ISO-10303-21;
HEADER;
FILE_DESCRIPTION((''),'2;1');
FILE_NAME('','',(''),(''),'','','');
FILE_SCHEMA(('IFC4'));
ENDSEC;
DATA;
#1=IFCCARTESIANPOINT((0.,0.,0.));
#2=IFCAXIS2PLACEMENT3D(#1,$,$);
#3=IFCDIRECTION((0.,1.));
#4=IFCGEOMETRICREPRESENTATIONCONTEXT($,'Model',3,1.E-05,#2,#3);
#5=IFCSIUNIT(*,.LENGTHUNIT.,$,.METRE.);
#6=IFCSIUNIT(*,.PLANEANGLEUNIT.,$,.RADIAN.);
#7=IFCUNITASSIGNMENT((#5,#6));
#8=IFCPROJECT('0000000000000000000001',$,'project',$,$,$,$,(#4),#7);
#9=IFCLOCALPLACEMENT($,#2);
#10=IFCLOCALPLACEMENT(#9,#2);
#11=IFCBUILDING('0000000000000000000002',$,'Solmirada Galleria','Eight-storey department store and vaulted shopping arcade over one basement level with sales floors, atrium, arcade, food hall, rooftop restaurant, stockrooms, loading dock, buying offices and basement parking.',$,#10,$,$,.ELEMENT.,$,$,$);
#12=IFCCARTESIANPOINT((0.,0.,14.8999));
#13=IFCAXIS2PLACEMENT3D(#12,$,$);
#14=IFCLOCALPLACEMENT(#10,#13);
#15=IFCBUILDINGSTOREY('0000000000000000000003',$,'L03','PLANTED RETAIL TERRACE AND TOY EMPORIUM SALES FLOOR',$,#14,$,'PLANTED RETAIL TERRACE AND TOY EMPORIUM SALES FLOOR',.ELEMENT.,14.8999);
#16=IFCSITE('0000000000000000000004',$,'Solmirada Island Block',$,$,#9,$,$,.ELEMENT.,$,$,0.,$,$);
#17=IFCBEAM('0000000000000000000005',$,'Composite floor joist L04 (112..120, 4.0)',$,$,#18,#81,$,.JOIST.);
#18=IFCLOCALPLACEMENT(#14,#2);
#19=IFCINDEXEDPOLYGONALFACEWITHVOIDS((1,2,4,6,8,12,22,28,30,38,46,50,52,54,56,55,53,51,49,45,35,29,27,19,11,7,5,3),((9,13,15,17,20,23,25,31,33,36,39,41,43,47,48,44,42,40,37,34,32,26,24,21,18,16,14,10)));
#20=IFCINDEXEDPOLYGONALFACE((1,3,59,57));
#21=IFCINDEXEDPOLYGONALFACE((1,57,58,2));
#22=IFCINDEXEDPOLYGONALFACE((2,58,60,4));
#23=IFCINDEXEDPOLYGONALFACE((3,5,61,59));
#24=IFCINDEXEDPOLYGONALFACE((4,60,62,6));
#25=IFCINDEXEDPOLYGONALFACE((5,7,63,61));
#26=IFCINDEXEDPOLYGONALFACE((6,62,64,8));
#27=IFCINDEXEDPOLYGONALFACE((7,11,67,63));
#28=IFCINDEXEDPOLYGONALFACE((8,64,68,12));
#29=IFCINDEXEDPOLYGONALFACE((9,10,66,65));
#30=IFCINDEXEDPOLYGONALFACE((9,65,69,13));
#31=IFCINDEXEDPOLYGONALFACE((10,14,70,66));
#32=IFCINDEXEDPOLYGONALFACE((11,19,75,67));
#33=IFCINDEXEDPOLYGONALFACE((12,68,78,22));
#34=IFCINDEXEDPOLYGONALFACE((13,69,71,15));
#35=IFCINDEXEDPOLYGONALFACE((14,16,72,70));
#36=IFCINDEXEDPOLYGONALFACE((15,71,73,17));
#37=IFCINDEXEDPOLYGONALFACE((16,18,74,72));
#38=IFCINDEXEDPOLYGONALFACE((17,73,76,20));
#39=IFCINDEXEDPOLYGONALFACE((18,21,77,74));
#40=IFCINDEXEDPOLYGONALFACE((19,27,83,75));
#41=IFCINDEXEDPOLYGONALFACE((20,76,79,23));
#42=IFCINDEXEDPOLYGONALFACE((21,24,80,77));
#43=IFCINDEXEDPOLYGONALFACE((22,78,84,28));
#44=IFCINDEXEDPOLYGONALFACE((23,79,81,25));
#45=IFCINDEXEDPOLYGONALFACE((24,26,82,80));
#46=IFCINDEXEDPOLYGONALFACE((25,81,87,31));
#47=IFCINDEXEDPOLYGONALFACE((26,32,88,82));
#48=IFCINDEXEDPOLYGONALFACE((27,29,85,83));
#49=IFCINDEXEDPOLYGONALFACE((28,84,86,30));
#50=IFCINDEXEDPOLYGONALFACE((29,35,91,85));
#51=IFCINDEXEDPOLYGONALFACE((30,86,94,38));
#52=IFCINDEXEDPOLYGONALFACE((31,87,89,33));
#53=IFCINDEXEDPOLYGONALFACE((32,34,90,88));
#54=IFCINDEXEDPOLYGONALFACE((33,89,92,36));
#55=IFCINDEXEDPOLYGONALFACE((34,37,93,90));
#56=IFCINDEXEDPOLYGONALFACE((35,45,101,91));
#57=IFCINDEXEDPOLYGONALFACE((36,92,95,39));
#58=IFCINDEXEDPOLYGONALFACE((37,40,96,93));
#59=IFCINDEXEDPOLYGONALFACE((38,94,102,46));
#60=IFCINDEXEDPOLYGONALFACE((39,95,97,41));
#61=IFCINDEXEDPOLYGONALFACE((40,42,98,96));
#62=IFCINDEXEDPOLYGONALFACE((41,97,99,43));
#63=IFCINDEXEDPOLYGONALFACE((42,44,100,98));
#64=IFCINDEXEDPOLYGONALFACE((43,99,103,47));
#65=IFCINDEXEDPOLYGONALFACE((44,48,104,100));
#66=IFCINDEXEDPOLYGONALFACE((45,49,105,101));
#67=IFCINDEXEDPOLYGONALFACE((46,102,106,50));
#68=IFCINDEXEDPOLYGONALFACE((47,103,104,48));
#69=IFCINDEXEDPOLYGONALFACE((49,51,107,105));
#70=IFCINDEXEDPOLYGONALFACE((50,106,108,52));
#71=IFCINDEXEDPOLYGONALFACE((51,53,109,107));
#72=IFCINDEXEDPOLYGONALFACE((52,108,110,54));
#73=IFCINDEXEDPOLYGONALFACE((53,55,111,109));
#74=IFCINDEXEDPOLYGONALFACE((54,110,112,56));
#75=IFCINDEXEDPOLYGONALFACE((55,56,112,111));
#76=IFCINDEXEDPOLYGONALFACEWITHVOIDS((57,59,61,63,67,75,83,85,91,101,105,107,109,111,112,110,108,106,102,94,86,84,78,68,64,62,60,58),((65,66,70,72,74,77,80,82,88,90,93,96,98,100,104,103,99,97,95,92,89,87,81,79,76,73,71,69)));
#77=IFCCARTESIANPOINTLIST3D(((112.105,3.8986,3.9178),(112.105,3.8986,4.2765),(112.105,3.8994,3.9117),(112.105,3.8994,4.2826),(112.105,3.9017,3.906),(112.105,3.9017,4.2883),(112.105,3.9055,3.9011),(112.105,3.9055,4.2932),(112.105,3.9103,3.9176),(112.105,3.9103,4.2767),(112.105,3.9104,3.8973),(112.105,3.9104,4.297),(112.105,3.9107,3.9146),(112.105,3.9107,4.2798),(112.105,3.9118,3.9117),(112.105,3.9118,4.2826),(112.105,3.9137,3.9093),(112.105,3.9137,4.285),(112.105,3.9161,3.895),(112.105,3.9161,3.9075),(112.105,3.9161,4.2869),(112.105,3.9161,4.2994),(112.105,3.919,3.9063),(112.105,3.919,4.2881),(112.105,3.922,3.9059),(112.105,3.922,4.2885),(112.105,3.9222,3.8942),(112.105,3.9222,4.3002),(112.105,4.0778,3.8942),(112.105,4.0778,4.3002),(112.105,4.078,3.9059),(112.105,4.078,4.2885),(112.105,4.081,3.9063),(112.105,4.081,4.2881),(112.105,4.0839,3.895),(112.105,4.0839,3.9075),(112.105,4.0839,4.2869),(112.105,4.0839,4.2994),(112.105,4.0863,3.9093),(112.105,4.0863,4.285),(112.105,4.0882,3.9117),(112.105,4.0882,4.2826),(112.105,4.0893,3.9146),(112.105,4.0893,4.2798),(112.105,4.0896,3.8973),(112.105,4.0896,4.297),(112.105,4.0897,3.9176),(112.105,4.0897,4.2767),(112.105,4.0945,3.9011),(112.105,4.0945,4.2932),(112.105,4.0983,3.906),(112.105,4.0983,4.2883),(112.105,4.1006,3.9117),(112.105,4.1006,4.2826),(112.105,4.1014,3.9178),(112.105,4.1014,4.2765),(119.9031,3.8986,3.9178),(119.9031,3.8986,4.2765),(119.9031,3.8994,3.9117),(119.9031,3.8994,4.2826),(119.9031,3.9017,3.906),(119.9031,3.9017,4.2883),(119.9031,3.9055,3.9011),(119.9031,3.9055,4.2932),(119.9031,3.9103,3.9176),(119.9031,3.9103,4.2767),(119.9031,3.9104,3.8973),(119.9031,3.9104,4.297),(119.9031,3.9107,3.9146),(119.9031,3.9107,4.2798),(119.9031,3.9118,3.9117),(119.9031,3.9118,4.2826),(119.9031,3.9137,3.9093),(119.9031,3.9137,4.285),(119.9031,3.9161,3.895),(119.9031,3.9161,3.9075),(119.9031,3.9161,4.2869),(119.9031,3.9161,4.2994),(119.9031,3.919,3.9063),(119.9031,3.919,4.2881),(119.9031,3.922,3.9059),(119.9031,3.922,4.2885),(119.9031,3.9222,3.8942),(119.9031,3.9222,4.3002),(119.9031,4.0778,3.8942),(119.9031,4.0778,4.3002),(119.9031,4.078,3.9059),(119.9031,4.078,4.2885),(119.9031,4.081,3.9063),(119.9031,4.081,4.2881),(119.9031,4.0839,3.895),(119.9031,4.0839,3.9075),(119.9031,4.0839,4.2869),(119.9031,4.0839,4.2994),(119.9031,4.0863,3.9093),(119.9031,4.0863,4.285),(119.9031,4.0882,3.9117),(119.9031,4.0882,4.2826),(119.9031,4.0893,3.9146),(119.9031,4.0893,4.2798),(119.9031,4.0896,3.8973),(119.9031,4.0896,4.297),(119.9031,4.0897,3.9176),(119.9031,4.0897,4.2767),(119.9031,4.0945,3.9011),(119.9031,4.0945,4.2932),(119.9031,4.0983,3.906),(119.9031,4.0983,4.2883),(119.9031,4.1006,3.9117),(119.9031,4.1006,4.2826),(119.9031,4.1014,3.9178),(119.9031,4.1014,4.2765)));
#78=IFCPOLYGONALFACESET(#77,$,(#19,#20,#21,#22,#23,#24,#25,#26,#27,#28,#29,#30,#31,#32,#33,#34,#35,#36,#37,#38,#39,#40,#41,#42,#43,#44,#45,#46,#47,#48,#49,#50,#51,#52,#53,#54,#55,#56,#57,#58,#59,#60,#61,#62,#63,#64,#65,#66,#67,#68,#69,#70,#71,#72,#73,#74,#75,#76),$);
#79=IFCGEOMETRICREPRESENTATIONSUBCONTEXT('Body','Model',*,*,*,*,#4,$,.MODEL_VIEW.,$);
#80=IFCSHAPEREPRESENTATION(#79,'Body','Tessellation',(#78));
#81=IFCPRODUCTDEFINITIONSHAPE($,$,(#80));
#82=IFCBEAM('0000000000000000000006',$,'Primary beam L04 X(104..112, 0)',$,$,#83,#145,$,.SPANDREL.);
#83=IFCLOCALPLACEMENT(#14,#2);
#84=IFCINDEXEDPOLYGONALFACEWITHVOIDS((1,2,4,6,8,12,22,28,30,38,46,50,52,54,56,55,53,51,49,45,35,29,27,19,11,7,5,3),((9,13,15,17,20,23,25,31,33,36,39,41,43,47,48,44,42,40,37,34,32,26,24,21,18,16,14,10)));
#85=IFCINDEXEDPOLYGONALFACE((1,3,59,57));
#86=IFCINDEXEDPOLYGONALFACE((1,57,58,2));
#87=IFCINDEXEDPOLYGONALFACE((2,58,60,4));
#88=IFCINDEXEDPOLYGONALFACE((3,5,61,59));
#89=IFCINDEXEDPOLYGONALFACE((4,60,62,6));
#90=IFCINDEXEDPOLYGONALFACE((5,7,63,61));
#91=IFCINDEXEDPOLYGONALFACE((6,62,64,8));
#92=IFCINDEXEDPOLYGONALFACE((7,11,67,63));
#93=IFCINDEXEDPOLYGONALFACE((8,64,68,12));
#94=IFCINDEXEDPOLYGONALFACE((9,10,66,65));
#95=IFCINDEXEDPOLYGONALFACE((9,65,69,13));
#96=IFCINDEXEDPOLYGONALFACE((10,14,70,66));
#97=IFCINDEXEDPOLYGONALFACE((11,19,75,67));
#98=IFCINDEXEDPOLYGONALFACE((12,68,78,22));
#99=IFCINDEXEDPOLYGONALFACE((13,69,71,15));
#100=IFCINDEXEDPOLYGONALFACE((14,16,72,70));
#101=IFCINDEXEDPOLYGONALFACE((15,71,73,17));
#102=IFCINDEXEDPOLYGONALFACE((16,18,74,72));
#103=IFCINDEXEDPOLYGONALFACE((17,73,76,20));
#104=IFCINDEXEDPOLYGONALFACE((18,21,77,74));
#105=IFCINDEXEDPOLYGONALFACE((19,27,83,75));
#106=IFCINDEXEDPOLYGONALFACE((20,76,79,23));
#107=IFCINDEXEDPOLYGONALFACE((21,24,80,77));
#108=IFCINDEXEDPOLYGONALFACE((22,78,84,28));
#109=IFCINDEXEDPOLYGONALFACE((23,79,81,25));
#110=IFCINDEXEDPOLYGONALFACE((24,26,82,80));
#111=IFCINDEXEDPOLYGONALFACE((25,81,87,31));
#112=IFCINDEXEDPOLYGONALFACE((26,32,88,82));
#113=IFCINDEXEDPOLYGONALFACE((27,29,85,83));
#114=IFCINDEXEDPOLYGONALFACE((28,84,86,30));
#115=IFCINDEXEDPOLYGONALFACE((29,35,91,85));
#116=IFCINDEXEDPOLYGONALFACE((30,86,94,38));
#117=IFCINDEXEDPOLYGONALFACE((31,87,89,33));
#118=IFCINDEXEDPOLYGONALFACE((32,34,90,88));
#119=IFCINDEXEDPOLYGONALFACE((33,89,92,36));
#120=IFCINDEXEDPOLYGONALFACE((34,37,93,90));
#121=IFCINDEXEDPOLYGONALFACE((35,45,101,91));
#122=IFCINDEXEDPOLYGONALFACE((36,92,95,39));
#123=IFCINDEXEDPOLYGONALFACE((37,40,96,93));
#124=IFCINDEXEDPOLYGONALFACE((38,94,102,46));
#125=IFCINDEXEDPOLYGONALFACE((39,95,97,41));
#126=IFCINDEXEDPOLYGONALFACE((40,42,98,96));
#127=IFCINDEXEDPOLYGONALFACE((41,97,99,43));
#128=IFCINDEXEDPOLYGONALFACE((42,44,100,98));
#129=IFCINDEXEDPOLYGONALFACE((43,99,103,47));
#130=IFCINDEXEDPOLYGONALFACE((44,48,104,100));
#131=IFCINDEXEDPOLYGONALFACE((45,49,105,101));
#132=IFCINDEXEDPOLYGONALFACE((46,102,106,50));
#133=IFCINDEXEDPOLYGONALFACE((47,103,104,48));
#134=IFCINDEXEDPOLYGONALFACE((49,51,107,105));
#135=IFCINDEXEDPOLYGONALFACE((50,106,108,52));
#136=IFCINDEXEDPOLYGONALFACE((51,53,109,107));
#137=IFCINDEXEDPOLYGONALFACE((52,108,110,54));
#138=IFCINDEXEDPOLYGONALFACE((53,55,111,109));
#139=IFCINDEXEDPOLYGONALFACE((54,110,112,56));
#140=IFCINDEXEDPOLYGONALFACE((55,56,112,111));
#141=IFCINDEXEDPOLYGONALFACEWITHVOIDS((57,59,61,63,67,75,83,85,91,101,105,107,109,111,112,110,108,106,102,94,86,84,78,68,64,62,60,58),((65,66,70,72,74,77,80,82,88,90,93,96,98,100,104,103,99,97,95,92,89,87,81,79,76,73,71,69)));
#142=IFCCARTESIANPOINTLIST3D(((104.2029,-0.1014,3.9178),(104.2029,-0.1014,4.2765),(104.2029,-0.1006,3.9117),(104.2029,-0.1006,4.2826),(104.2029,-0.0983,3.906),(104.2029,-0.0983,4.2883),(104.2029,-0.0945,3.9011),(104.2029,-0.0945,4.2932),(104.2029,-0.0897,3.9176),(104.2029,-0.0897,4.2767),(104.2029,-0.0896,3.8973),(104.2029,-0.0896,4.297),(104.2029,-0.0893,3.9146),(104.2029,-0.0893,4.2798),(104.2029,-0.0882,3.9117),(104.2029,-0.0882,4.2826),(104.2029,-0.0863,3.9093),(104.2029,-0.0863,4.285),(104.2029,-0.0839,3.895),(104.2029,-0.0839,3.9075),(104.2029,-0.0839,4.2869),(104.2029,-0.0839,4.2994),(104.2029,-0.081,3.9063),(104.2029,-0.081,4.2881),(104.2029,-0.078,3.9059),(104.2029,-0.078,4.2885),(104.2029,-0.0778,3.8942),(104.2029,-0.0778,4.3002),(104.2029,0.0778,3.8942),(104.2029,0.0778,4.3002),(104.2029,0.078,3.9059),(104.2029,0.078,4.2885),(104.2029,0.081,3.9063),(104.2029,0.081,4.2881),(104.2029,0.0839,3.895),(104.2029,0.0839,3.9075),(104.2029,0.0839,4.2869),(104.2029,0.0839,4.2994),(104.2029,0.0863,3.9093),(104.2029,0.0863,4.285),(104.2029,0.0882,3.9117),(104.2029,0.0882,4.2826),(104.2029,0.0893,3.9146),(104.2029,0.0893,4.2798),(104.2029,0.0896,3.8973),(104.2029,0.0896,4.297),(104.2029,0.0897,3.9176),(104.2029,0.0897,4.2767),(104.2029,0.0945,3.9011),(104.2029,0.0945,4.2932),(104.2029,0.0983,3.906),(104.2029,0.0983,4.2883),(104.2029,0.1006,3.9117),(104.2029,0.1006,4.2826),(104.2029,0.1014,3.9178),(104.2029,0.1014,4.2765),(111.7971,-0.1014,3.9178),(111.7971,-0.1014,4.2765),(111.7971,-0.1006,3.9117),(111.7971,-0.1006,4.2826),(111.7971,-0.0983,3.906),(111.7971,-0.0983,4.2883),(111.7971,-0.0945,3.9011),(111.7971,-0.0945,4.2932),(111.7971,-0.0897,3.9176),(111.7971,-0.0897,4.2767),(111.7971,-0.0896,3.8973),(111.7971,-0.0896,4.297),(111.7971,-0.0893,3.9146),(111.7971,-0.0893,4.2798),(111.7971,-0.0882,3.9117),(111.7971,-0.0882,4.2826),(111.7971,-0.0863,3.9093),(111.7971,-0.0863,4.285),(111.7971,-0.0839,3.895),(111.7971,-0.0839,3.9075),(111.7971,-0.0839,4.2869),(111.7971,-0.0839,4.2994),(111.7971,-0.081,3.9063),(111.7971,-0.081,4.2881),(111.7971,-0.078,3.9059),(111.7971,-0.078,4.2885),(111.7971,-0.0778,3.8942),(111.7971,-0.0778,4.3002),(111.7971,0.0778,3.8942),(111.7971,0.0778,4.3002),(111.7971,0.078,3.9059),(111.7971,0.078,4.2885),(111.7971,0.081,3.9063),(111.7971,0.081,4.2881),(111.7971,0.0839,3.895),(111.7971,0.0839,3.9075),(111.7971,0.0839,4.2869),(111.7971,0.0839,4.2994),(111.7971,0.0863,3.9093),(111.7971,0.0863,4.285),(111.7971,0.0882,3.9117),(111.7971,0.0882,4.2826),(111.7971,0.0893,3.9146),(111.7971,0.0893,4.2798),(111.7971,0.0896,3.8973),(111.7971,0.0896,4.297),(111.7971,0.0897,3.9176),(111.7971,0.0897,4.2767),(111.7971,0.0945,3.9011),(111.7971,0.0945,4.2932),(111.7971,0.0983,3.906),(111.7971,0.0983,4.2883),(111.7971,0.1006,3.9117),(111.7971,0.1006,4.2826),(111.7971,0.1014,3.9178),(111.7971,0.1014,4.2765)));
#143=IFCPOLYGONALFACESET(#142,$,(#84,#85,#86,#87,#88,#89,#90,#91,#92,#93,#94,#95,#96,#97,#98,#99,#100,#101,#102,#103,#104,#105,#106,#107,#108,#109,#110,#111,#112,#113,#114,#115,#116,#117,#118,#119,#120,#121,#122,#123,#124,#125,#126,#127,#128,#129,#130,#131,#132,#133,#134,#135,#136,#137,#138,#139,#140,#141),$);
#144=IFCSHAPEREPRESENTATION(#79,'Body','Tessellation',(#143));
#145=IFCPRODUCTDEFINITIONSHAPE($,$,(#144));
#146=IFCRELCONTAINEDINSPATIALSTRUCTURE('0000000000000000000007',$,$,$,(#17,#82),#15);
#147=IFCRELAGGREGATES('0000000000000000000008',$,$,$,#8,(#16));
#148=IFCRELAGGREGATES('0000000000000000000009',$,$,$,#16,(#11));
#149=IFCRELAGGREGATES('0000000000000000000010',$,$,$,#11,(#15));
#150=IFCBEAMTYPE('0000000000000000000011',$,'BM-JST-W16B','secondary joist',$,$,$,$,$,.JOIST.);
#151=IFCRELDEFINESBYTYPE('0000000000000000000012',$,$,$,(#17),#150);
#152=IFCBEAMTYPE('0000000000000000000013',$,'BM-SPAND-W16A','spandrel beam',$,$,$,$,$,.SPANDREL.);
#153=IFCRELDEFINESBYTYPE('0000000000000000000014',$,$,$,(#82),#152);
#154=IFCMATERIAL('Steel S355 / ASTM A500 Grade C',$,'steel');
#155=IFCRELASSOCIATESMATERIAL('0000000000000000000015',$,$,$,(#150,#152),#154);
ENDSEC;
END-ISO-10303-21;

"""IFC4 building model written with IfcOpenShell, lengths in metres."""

from ifc_helpers import new_model, si_unit, direction, frame, origin, origin_2d, place, context, subcontext, project, spatial, hollow_rectangle, extrude, material, material_profile, profile_set, type_object, element, save


model = new_model("IFC4")

# Units and contexts
model_context = context("Model", 3, precision=1e-05, world=origin(), true_north=direction((0.0, 1.0)))
body_context = subcontext(model_context, "Body", "Model", "MODEL_VIEW")
ifc_project = project(units=[si_unit("LENGTHUNIT", "METRE"), si_unit("PLANEANGLEUNIT", "RADIAN")], contexts=[model_context])

# Site, building, storey
site_placement = place(None, origin())
site = spatial("IfcSite", under=ifc_project, at=site_placement, Name="Solmirada Island Block", CompositionType="ELEMENT", RefElevation=0.0)
building_placement = place(site_placement, origin())
building = spatial("IfcBuilding", under=site, at=building_placement, Name="Solmirada Galleria", Description="Eight-storey department store and vaulted shopping arcade over one basement level with sales floors, atrium, arcade, food hall, rooftop restaurant, stockrooms, loading dock, buying offices and basement parking.", CompositionType="ELEMENT")
storey_placement = place(building_placement, frame((0.0, 0.0, 14.8999)))
storey = spatial("IfcBuildingStorey", under=building, at=storey_placement, Name="L03", Description="PLANTED RETAIL TERRACE AND TOY EMPORIUM SALES FLOOR", LongName="PLANTED RETAIL TERRACE AND TOY EMPORIUM SALES FLOOR", CompositionType="ELEMENT", Elevation=14.8999)

# Shared definitions
ifc_material_1 = material(Name="Steel S355 / ASTM A500 Grade C", Category="steel")

# Beams
ifc_material_profile_1 = material_profile(ifc_material_1, hollow_rectangle(XDim=0.2029, YDim=0.406, WallThickness=0.0117, InnerFilletRadius=0.0117, OuterFilletRadius=0.0237, at=origin_2d()), Name="HSS16X8X1/2")
ifc_profile_set_1 = profile_set([ifc_material_profile_1], Name="Steel S355 / ASTM A500 Grade C")
beam_type_1 = type_object("IfcBeamType", Name="BM-JST-W16B", Description="secondary joist", PredefinedType="JOIST", material=ifc_profile_set_1)
for number, where, z_axis, x_axis, name in (
    (1, (112.105, 4.0, 4.0972), (1.0, 0.0, 0.0), (0.0, 1.0, 0.0), "Composite floor joist L04 (112..120, 4.0)"),
):
    element("IfcBeam", number, at=place(storey_placement, frame(where, z_axis=z_axis, x_axis=x_axis)), inside=storey, type_object=beam_type_1, Name=name, PredefinedType="JOIST", context=body_context, shape_type="SweptSolid", body=[
        extrude(hollow_rectangle(XDim=0.2029, YDim=0.406, WallThickness=0.0117, InnerFilletRadius=0.0117, OuterFilletRadius=0.0237, at=origin_2d()), origin(), (0.0, 0.0, 1.0), 7.7981),
    ])
ifc_material_profile_2 = material_profile(ifc_material_1, hollow_rectangle(XDim=0.2029, YDim=0.406, WallThickness=0.0117, InnerFilletRadius=0.0117, OuterFilletRadius=0.0237, at=origin_2d()), Name="HSS16X8X1/2")
ifc_profile_set_2 = profile_set([ifc_material_profile_2], Name="Steel S355 / ASTM A500 Grade C")
beam_type_2 = type_object("IfcBeamType", Name="BM-SPAND-W16A", Description="spandrel beam", PredefinedType="SPANDREL", material=ifc_profile_set_2)
for number, where, z_axis, x_axis, name in (
    (2, (104.2029, 0.0, 4.0972), (1.0, 0.0, 0.0), (0.0, 1.0, 0.0), "Primary beam L04 X(104..112, 0)"),
):
    element("IfcBeam", number, at=place(storey_placement, frame(where, z_axis=z_axis, x_axis=x_axis)), inside=storey, type_object=beam_type_2, Name=name, PredefinedType="SPANDREL", context=body_context, shape_type="SweptSolid", body=[
        extrude(hollow_rectangle(XDim=0.2029, YDim=0.406, WallThickness=0.0117, InnerFilletRadius=0.0117, OuterFilletRadius=0.0237, at=origin_2d()), origin(), (0.0, 0.0, 1.0), 7.5942),
    ])

save(model, "model.ifc")
